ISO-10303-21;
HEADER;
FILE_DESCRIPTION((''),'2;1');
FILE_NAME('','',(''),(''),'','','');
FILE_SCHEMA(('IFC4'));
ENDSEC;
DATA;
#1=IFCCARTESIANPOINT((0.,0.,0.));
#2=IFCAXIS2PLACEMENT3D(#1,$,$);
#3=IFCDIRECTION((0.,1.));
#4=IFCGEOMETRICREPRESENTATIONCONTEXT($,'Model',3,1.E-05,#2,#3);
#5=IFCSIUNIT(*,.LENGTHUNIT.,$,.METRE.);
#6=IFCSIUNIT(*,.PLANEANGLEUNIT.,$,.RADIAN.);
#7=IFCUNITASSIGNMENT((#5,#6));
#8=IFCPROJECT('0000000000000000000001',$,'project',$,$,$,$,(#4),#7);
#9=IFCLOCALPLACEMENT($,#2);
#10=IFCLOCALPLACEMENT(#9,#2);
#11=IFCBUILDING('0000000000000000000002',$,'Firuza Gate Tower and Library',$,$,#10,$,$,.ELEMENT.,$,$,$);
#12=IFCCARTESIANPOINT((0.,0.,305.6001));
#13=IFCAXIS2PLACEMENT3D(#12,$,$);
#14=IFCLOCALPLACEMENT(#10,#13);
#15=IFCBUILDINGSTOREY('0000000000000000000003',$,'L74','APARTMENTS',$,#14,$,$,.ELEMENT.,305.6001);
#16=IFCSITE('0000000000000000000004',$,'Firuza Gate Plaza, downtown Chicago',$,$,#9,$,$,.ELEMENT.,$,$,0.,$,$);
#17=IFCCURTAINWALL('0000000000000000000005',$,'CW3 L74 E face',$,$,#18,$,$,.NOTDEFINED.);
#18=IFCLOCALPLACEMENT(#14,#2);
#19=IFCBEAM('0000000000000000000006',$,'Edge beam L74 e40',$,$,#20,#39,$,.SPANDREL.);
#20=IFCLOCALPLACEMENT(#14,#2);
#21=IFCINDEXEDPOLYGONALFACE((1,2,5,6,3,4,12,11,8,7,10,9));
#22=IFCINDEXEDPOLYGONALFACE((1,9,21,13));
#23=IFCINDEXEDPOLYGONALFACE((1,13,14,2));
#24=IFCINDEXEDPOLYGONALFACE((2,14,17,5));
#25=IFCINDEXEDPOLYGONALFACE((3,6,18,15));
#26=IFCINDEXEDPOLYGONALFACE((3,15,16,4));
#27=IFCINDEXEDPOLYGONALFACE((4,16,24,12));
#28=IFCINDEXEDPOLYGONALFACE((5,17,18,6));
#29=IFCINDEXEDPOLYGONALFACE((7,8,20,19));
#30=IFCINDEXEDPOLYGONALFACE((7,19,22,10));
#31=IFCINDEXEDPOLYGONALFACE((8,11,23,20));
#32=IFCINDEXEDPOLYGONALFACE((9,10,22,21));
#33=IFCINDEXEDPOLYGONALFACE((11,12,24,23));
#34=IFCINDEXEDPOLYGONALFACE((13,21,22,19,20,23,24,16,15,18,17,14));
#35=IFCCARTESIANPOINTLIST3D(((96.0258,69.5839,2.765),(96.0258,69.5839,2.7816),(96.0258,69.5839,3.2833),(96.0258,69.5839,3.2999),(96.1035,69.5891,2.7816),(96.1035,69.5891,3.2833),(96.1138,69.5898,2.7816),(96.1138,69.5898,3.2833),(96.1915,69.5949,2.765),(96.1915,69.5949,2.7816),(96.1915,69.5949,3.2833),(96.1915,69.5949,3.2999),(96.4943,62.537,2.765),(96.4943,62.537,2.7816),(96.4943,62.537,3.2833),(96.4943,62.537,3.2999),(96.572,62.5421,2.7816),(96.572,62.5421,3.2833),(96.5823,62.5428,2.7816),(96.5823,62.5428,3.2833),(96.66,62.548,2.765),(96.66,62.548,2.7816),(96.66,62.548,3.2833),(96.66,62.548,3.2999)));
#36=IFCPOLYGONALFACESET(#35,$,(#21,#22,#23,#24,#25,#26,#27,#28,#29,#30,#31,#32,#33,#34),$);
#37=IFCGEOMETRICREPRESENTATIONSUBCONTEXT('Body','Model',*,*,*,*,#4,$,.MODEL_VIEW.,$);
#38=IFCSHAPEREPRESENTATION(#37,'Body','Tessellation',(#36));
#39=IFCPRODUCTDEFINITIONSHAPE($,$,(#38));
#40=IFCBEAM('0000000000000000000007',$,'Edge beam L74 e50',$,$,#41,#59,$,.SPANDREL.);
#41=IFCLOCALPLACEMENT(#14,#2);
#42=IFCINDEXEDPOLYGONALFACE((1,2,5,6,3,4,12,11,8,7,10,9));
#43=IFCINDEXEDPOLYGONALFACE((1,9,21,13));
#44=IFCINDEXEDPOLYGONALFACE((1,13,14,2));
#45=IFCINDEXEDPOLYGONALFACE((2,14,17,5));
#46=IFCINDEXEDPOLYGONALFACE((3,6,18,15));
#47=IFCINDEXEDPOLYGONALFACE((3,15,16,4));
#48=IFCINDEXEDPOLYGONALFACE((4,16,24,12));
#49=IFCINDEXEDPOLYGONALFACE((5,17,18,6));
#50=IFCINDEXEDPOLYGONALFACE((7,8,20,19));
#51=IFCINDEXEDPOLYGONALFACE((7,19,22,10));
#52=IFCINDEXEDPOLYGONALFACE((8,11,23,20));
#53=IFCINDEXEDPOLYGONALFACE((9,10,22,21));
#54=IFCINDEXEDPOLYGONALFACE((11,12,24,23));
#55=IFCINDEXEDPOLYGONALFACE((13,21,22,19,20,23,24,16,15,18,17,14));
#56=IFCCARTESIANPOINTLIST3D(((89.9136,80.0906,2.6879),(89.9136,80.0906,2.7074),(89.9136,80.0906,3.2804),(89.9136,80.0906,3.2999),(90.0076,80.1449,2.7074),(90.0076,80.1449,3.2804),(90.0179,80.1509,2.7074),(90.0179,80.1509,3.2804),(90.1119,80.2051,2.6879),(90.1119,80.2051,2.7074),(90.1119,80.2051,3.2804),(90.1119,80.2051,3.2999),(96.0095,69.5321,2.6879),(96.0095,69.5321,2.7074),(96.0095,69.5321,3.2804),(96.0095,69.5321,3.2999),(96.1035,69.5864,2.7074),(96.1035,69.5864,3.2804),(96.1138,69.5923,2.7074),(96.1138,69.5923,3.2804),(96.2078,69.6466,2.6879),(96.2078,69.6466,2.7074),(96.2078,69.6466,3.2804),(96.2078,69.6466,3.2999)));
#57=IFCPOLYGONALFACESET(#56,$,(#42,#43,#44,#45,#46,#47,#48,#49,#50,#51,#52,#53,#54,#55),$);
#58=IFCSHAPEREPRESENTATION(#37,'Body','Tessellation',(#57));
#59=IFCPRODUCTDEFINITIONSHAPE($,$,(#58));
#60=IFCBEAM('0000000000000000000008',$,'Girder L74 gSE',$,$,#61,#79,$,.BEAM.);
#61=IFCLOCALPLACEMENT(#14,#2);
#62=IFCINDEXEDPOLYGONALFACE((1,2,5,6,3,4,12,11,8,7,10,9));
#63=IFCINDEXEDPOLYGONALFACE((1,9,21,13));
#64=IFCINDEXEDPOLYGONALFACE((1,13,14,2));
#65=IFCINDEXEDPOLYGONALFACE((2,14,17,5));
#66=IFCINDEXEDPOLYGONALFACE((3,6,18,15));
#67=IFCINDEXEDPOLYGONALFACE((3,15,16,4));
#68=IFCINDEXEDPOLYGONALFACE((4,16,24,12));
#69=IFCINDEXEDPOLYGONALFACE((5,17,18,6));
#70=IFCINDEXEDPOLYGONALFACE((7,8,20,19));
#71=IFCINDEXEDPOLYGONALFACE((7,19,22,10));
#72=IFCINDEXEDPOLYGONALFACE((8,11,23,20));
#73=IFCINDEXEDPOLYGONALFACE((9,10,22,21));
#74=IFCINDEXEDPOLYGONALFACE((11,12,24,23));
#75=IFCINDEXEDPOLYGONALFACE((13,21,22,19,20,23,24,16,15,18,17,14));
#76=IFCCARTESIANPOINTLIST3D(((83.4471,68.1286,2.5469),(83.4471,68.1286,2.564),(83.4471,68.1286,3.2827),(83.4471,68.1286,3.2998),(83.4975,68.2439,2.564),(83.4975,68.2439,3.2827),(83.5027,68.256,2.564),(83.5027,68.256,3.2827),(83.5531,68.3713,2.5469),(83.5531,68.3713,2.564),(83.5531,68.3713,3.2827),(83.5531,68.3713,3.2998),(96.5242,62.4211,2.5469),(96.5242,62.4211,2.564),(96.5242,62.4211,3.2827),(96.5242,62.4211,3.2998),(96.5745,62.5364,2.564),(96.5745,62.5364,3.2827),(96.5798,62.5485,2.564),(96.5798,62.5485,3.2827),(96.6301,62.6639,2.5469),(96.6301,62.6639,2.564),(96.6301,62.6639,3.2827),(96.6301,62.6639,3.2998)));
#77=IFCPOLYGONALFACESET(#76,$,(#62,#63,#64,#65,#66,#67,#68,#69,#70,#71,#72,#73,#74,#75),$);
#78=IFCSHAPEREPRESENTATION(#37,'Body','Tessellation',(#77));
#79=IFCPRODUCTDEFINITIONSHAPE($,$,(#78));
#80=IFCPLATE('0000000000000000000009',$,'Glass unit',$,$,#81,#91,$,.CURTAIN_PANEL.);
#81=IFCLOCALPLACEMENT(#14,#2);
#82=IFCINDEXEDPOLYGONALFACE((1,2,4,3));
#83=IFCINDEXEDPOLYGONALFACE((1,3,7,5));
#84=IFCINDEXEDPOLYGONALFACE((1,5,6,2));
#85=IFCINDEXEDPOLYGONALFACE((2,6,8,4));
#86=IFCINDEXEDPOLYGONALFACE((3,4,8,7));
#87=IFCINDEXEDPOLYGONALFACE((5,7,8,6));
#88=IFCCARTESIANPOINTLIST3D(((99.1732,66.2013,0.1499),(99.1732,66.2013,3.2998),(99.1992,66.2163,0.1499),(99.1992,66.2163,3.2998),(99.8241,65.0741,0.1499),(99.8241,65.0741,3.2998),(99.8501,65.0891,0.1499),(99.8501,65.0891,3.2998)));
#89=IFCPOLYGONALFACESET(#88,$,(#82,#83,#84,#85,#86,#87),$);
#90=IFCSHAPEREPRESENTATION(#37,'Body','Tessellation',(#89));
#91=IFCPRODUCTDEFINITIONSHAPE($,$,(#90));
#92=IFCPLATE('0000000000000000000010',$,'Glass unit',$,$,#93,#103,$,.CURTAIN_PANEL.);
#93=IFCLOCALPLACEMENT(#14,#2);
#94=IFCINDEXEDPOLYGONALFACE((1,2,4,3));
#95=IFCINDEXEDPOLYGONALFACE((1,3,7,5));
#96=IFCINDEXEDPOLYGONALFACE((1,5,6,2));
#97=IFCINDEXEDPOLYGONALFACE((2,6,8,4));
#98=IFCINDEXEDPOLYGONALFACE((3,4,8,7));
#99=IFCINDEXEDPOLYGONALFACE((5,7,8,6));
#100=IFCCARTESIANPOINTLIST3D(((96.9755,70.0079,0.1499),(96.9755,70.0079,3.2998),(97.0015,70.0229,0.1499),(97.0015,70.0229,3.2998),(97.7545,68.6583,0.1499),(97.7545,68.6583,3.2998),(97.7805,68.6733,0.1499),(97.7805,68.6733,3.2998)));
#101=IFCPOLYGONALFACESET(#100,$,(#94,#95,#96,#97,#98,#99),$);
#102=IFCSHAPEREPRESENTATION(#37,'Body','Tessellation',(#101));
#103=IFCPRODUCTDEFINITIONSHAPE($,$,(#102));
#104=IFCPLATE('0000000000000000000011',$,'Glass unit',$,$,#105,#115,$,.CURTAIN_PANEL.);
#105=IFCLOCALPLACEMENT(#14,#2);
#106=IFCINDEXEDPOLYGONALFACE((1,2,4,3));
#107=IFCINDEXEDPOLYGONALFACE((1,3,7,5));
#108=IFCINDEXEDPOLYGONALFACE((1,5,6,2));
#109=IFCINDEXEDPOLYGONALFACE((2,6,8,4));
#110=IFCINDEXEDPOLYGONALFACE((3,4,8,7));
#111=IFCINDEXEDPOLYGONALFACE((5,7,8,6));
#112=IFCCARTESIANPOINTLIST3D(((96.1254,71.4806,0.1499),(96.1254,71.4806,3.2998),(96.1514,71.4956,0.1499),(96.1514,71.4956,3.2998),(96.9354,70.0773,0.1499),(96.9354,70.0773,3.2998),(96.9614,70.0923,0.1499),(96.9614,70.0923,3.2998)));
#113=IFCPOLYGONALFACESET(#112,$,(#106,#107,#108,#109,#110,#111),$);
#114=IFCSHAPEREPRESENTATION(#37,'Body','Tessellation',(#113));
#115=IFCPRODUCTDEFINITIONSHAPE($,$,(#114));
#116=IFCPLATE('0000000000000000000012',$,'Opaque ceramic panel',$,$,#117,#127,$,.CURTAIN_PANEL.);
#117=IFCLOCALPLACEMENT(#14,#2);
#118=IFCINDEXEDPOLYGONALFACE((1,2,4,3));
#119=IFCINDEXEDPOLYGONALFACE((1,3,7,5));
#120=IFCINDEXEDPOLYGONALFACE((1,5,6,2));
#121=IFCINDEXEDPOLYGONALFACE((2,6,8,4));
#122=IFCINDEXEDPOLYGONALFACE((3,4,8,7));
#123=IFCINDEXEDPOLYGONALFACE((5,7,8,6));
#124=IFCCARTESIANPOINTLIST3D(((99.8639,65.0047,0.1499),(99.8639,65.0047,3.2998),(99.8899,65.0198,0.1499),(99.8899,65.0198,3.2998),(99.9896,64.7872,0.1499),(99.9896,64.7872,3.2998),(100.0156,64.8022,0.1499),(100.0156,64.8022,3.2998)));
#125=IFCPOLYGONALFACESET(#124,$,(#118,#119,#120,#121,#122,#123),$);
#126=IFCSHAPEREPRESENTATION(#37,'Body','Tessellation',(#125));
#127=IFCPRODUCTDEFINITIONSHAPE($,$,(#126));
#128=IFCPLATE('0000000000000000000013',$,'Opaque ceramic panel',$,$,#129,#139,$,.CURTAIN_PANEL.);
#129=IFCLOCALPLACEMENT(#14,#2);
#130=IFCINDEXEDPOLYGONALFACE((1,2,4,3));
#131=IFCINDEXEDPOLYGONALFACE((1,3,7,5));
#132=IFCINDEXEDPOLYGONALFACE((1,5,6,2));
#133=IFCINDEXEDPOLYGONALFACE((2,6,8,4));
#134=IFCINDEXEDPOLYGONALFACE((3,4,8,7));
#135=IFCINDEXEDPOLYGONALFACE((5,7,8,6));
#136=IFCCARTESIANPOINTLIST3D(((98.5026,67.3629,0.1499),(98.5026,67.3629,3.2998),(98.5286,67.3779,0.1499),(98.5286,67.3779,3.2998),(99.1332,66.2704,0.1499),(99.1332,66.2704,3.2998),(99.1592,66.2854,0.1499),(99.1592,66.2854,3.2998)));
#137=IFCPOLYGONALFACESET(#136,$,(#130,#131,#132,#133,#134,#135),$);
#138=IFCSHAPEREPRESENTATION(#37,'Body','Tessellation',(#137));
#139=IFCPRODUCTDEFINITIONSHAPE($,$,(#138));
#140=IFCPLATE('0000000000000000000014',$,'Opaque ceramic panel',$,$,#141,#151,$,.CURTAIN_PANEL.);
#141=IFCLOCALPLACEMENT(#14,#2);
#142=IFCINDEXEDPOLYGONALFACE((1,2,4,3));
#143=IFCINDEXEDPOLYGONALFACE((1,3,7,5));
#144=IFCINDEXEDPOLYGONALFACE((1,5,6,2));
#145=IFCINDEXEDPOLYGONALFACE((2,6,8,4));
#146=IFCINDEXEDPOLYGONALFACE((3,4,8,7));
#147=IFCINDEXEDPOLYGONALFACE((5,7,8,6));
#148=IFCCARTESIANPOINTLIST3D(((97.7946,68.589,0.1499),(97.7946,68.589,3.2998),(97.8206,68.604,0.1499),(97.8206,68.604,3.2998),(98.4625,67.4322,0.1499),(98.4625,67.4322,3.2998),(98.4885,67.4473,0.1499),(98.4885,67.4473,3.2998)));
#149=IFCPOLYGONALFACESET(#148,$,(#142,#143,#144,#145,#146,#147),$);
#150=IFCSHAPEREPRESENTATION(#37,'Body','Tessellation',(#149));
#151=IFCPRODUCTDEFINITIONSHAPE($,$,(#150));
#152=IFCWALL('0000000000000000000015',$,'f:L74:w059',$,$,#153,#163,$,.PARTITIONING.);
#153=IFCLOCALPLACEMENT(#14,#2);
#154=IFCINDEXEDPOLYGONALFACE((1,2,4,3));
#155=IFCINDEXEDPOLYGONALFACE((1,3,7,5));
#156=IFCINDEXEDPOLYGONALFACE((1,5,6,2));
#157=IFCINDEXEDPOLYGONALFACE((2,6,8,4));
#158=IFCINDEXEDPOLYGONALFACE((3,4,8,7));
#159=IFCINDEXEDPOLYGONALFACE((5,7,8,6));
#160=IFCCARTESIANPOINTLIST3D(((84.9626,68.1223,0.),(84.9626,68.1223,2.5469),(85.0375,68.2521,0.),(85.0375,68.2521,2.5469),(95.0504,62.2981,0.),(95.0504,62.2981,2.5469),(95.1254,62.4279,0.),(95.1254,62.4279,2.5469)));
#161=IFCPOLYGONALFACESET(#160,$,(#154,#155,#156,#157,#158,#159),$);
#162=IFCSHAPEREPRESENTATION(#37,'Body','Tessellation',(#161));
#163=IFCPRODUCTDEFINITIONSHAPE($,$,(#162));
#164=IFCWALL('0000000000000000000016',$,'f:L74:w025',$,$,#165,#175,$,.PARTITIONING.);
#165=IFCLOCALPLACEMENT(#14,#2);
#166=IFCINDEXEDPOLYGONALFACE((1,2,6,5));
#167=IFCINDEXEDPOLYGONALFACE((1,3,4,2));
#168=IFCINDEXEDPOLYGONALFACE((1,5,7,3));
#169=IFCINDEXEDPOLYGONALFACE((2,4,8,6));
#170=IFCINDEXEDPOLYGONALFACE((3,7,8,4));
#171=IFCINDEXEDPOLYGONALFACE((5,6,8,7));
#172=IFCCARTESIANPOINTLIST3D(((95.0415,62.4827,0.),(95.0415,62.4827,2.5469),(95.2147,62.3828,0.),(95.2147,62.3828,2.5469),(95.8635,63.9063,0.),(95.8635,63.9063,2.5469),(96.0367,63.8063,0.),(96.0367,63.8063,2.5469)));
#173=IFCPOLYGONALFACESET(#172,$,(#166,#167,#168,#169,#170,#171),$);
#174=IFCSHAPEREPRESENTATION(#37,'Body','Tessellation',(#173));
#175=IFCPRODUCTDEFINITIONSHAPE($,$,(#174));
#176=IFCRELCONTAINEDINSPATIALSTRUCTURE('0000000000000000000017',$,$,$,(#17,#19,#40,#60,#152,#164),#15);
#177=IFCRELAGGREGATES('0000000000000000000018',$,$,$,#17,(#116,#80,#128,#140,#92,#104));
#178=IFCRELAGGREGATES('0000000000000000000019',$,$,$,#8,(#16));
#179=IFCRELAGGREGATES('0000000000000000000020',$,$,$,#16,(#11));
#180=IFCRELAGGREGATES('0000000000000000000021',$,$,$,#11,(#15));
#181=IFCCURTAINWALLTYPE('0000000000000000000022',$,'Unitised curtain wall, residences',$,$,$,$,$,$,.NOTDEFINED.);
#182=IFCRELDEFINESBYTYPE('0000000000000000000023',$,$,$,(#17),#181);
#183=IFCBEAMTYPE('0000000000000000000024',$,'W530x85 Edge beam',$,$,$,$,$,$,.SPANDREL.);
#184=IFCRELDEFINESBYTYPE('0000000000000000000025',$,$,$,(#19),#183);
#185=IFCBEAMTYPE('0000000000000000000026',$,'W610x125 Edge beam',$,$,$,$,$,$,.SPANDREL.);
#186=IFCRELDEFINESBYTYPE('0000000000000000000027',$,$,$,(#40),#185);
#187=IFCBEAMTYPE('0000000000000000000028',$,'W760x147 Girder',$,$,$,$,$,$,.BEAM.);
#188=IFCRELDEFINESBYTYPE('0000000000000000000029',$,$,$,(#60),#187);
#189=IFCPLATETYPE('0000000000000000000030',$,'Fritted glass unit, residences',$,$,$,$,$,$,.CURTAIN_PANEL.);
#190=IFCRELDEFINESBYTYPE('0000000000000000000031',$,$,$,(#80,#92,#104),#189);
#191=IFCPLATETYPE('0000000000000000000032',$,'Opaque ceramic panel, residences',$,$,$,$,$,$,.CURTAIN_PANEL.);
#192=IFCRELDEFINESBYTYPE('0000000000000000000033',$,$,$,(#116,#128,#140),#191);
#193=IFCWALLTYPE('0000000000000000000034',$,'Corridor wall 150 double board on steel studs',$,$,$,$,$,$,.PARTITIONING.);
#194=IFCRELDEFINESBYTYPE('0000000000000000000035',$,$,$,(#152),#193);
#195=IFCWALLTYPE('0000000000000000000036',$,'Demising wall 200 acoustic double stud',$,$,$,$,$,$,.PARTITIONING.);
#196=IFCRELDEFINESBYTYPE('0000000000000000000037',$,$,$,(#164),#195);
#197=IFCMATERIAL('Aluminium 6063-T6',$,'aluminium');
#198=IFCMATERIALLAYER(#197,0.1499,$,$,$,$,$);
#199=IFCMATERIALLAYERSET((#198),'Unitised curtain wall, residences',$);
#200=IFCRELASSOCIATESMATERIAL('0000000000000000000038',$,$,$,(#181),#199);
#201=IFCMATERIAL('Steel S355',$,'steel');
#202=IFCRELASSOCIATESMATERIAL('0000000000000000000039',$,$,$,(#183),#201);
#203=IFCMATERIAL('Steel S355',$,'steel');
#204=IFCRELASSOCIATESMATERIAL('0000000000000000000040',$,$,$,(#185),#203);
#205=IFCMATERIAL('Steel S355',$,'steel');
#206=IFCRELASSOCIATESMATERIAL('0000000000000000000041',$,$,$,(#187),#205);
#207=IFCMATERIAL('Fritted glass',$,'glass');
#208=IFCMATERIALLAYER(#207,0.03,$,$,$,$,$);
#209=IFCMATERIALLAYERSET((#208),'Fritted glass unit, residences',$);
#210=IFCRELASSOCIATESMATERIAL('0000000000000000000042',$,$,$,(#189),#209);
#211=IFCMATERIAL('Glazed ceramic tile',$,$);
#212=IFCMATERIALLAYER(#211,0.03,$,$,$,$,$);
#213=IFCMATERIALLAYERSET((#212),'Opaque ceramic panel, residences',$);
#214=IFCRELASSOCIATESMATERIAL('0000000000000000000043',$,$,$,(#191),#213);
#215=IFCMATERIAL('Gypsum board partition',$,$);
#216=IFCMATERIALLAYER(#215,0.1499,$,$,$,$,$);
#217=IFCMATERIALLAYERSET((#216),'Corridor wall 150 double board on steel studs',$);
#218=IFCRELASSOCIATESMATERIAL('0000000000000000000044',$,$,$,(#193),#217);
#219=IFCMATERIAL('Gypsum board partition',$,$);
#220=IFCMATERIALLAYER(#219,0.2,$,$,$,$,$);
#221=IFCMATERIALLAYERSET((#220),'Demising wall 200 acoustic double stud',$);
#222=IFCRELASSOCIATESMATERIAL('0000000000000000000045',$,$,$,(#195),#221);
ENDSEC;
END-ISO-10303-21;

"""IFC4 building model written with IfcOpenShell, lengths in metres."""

from ifc_helpers import new_model, si_unit, direction, frame, frame_2d, origin, origin_2d, place, context, subcontext, project, spatial, polyline, rectangle, i_section, outline, extrude, material, layer, layer_set, material_profile, profile_set, type_object, element, aggregate, save


model = new_model("IFC4")

# Units and contexts
model_context = context("Model", 3, precision=1e-05, world=origin(), true_north=direction((0.0, 1.0)))
body_context = subcontext(model_context, "Body", "Model", "MODEL_VIEW")
ifc_project = project(units=[si_unit("LENGTHUNIT", "METRE"), si_unit("PLANEANGLEUNIT", "RADIAN")], contexts=[model_context])

# Site, building, storey
site_placement = place(None, origin())
site = spatial("IfcSite", under=ifc_project, at=site_placement, Name="Firuza Gate Plaza, downtown Chicago", CompositionType="ELEMENT", RefElevation=0.0)
building_placement = place(site_placement, origin())
building = spatial("IfcBuilding", under=site, at=building_placement, Name="Firuza Gate Tower and Library", CompositionType="ELEMENT")
storey_placement = place(building_placement, frame((0.0, 0.0, 305.6001)))
storey = spatial("IfcBuildingStorey", under=building, at=storey_placement, Name="L74", Description="APARTMENTS", CompositionType="ELEMENT", Elevation=305.6001)

# Curtain wall
ifc_material_1 = material(Name="Aluminium 6063-T6", Category="aluminium")
ifc_layer_1 = layer(ifc_material_1, 0.1499)
ifc_layer_set_1 = layer_set([ifc_layer_1], Name="Unitised curtain wall, residences")
curtain_wall_type = type_object("IfcCurtainWallType", Name="Unitised curtain wall, residences", PredefinedType="NOTDEFINED", material=ifc_layer_set_1)
curtain_wall_placement = place(storey_placement, origin())
curtain_wall = element("IfcCurtainWall", 1, at=curtain_wall_placement, inside=storey, type_object=curtain_wall_type, Name="CW3 L74 E face", PredefinedType="NOTDEFINED")

# Beams
ifc_material_2 = material(Name="Steel S355", Category="steel")
ifc_material_profile_1 = material_profile(ifc_material_2, i_section(OverallWidth=0.166, OverallDepth=0.5349, WebThickness=0.0103, FlangeThickness=0.0166, at=origin_2d()))
ifc_profile_set_1 = profile_set([ifc_material_profile_1], Name="Steel S355")
beam_type_1 = type_object("IfcBeamType", Name="W530x85 Edge beam", PredefinedType="SPANDREL", material=ifc_profile_set_1)
beam_1_placement = place(storey_placement, frame((96.5771, 62.5425, 3.0325), z_axis=(-0.066338, 0.997797, 0.0), x_axis=(-0.997797, -0.066338, 0.0)))
element("IfcBeam", 2, at=beam_1_placement, inside=storey, type_object=beam_type_1, Name="Edge beam L74 e40", PredefinedType="SPANDREL", context=body_context, shape_type="SweptSolid", body=[
    extrude(i_section(OverallWidth=0.166, OverallDepth=0.5349, WebThickness=0.0103, FlangeThickness=0.0166, at=origin_2d()), origin(), (0.0, 0.0, 1.0), 7.0625),
])
ifc_material_3 = material(Name="Steel S355", Category="steel")
ifc_material_profile_2 = material_profile(ifc_material_3, i_section(OverallWidth=0.229, OverallDepth=0.6121, WebThickness=0.012, FlangeThickness=0.0195, at=origin_2d()))
ifc_profile_set_2 = profile_set([ifc_material_profile_2], Name="Steel S355")
beam_type_2 = type_object("IfcBeamType", Name="W610x125 Edge beam", PredefinedType="SPANDREL", material=ifc_profile_set_2)
beam_2_placement = place(storey_placement, frame((96.1086, 69.5894, 2.9939), z_axis=(-0.499996, 0.866028, 0.0), x_axis=(-0.866028, -0.499996, 0.0)))
element("IfcBeam", 3, at=beam_2_placement, inside=storey, type_object=beam_type_2, Name="Edge beam L74 e50", PredefinedType="SPANDREL", context=body_context, shape_type="SweptSolid", body=[
    extrude(i_section(OverallWidth=0.229, OverallDepth=0.6121, WebThickness=0.012, FlangeThickness=0.0195, at=origin_2d()), origin(), (0.0, 0.0, 1.0), 12.1919),
])
ifc_material_4 = material(Name="Steel S355", Category="steel")
ifc_material_profile_3 = material_profile(ifc_material_4, i_section(OverallWidth=0.2649, OverallDepth=0.7529, WebThickness=0.0132, FlangeThickness=0.0171, at=origin_2d()))
ifc_profile_set_3 = profile_set([ifc_material_profile_3], Name="Steel S355")
beam_type_3 = type_object("IfcBeamType", Name="W760x147 Girder", PredefinedType="BEAM", material=ifc_profile_set_3)
beam_3_placement = place(storey_placement, frame((96.5771, 62.5425, 2.9233), z_axis=(-0.91651, 0.400011, 0.0), x_axis=(-0.400011, -0.91651, 0.0)))
element("IfcBeam", 4, at=beam_3_placement, inside=storey, type_object=beam_type_3, Name="Girder L74 gSE", PredefinedType="BEAM", context=body_context, shape_type="SweptSolid", body=[
    extrude(i_section(OverallWidth=0.2649, OverallDepth=0.7529, WebThickness=0.0132, FlangeThickness=0.0171, at=origin_2d()), origin(), (0.0, 0.0, 1.0), 14.2683),
])

# Plates
ifc_material_5 = material(Name="Fritted glass", Category="glass")
ifc_layer_2 = layer(ifc_material_5, 0.03)
ifc_layer_set_2 = layer_set([ifc_layer_2], Name="Fritted glass unit, residences")
plate_type_1 = type_object("IfcPlateType", Name="Fritted glass unit, residences", PredefinedType="CURTAIN_PANEL", material=ifc_layer_set_2)
plate_1_placement = place(storey_placement, frame((99.8501, 65.0891, 0.1499), z_axis=(0.865995, 0.500053, 0.0), x_axis=(-0.500053, 0.865995, 0.0)))
plate_1 = element("IfcPlate", 5, at=plate_1_placement, type_object=plate_type_1, Name="Glass unit", PredefinedType="CURTAIN_PANEL", context=body_context, shape_type="SweptSolid", body=[
    extrude(outline(polyline([(0.0, 0.0), (1.3016, 0.0), (1.3016, 3.1499), (0.0, 3.1499), (0.0, 0.0)])), origin(), (0.0, 0.0, -1.0), 0.03),
])
plate_2_placement = place(storey_placement, frame((97.7805, 68.6733, 0.1499), z_axis=(0.866066, 0.49993, 0.0), x_axis=(-0.49993, 0.866066, 0.0)))
plate_2 = element("IfcPlate", 6, at=plate_2_placement, type_object=plate_type_1, Name="Glass unit", PredefinedType="CURTAIN_PANEL", context=body_context, shape_type="SweptSolid", body=[
    extrude(outline(polyline([(0.0, 0.0), (1.5583, 0.0), (1.5583, 3.1499), (0.0, 3.1499), (0.0, 0.0)])), origin(), (0.0, 0.0, -1.0), 0.03),
])
plate_3_placement = place(storey_placement, frame((96.9614, 70.0923, 0.1499), z_axis=(0.866065, 0.499931, 0.0), x_axis=(-0.499931, 0.866065, 0.0)))
plate_3 = element("IfcPlate", 7, at=plate_3_placement, type_object=plate_type_1, Name="Glass unit", PredefinedType="CURTAIN_PANEL", context=body_context, shape_type="SweptSolid", body=[
    extrude(outline(polyline([(0.0, 0.0), (1.6203, 0.0), (1.6203, 3.1499), (0.0, 3.1499), (0.0, 0.0)])), origin(), (0.0, 0.0, -1.0), 0.03),
])
ifc_material_6 = material(Name="Glazed ceramic tile")
ifc_layer_3 = layer(ifc_material_6, 0.03)
ifc_layer_set_3 = layer_set([ifc_layer_3], Name="Opaque ceramic panel, residences")
plate_type_2 = type_object("IfcPlateType", Name="Opaque ceramic panel, residences", PredefinedType="CURTAIN_PANEL", material=ifc_layer_set_3)
plate_4_placement = place(storey_placement, frame((100.0156, 64.8022, 0.1499), z_axis=(0.865781, 0.500423, 0.0), x_axis=(-0.500423, 0.865781, 0.0)))
plate_4 = element("IfcPlate", 8, at=plate_4_placement, type_object=plate_type_2, Name="Opaque ceramic panel", PredefinedType="CURTAIN_PANEL", context=body_context, shape_type="SweptSolid", body=[
    extrude(outline(polyline([(0.0, 0.0), (0.2513, 0.0), (0.2513, 3.1499), (0.0, 3.1499), (0.0, 0.0)])), origin(), (0.0, 0.0, -1.0), 0.03),
])
plate_5_placement = place(storey_placement, frame((99.1592, 66.2854, 0.1499), z_axis=(0.866079, 0.499907, 0.0), x_axis=(-0.499907, 0.866079, 0.0)))
plate_5 = element("IfcPlate", 9, at=plate_5_placement, type_object=plate_type_2, Name="Opaque ceramic panel", PredefinedType="CURTAIN_PANEL", context=body_context, shape_type="SweptSolid", body=[
    extrude(outline(polyline([(0.0, 0.0), (1.2615, 0.0), (1.2615, 3.1499), (0.0, 3.1499), (0.0, 0.0)])), origin(), (0.0, 0.0, -1.0), 0.03),
])
plate_6_placement = place(storey_placement, frame((98.4885, 67.4473, 0.1499), z_axis=(0.865985, 0.500071, 0.0), x_axis=(-0.500071, 0.865985, 0.0)))
plate_6 = element("IfcPlate", 10, at=plate_6_placement, type_object=plate_type_2, Name="Opaque ceramic panel", PredefinedType="CURTAIN_PANEL", context=body_context, shape_type="SweptSolid", body=[
    extrude(outline(polyline([(0.0, 0.0), (1.3357, 0.0), (1.3357, 3.1499), (0.0, 3.1499), (0.0, 0.0)])), origin(), (0.0, 0.0, -1.0), 0.03),
])
aggregate(curtain_wall, [plate_4, plate_1, plate_5, plate_6, plate_2, plate_3])

# Walls
ifc_material_7 = material(Name="Gypsum board partition")
ifc_layer_4 = layer(ifc_material_7, 0.1499)
ifc_layer_set_4 = layer_set([ifc_layer_4], Name="Corridor wall 150 double board on steel studs")
wall_type_1 = type_object("IfcWallType", Name="Corridor wall 150 double board on steel studs", PredefinedType="PARTITIONING", material=ifc_layer_set_4)
wall_1_placement = place(storey_placement, frame((95.0879, 62.363, 0.0), z_axis=(0.0, 0.0, 1.0), x_axis=(-0.866026, 0.499998, 0.0)))
element("IfcWall", 11, at=wall_1_placement, inside=storey, type_object=wall_type_1, Name="f:L74:w059", PredefinedType="PARTITIONING", context=body_context, shape_type="SweptSolid", body=[
    extrude(rectangle(XDim=11.6484, YDim=0.1499, at=frame_2d((5.8242, 0.0))), origin(), (0.0, 0.0, 1.0), 2.5469),
])
ifc_material_8 = material(Name="Gypsum board partition")
ifc_layer_5 = layer(ifc_material_8, 0.2)
ifc_layer_set_5 = layer_set([ifc_layer_5], Name="Demising wall 200 acoustic double stud")
wall_type_2 = type_object("IfcWallType", Name="Demising wall 200 acoustic double stud", PredefinedType="PARTITIONING", material=ifc_layer_set_5)
wall_2_placement = place(storey_placement, frame((95.1282, 62.4329, 0.0), z_axis=(0.0, 0.0, 1.0), x_axis=(0.500052, 0.865995, 0.0)))
element("IfcWall", 12, at=wall_2_placement, inside=storey, type_object=wall_type_2, Name="f:L74:w025", PredefinedType="PARTITIONING", context=body_context, shape_type="SweptSolid", body=[
    extrude(rectangle(XDim=1.6438, YDim=0.2, at=frame_2d((0.8218, 0.0))), origin(), (0.0, 0.0, 1.0), 2.5469),
])

save(model, "model.ifc")
